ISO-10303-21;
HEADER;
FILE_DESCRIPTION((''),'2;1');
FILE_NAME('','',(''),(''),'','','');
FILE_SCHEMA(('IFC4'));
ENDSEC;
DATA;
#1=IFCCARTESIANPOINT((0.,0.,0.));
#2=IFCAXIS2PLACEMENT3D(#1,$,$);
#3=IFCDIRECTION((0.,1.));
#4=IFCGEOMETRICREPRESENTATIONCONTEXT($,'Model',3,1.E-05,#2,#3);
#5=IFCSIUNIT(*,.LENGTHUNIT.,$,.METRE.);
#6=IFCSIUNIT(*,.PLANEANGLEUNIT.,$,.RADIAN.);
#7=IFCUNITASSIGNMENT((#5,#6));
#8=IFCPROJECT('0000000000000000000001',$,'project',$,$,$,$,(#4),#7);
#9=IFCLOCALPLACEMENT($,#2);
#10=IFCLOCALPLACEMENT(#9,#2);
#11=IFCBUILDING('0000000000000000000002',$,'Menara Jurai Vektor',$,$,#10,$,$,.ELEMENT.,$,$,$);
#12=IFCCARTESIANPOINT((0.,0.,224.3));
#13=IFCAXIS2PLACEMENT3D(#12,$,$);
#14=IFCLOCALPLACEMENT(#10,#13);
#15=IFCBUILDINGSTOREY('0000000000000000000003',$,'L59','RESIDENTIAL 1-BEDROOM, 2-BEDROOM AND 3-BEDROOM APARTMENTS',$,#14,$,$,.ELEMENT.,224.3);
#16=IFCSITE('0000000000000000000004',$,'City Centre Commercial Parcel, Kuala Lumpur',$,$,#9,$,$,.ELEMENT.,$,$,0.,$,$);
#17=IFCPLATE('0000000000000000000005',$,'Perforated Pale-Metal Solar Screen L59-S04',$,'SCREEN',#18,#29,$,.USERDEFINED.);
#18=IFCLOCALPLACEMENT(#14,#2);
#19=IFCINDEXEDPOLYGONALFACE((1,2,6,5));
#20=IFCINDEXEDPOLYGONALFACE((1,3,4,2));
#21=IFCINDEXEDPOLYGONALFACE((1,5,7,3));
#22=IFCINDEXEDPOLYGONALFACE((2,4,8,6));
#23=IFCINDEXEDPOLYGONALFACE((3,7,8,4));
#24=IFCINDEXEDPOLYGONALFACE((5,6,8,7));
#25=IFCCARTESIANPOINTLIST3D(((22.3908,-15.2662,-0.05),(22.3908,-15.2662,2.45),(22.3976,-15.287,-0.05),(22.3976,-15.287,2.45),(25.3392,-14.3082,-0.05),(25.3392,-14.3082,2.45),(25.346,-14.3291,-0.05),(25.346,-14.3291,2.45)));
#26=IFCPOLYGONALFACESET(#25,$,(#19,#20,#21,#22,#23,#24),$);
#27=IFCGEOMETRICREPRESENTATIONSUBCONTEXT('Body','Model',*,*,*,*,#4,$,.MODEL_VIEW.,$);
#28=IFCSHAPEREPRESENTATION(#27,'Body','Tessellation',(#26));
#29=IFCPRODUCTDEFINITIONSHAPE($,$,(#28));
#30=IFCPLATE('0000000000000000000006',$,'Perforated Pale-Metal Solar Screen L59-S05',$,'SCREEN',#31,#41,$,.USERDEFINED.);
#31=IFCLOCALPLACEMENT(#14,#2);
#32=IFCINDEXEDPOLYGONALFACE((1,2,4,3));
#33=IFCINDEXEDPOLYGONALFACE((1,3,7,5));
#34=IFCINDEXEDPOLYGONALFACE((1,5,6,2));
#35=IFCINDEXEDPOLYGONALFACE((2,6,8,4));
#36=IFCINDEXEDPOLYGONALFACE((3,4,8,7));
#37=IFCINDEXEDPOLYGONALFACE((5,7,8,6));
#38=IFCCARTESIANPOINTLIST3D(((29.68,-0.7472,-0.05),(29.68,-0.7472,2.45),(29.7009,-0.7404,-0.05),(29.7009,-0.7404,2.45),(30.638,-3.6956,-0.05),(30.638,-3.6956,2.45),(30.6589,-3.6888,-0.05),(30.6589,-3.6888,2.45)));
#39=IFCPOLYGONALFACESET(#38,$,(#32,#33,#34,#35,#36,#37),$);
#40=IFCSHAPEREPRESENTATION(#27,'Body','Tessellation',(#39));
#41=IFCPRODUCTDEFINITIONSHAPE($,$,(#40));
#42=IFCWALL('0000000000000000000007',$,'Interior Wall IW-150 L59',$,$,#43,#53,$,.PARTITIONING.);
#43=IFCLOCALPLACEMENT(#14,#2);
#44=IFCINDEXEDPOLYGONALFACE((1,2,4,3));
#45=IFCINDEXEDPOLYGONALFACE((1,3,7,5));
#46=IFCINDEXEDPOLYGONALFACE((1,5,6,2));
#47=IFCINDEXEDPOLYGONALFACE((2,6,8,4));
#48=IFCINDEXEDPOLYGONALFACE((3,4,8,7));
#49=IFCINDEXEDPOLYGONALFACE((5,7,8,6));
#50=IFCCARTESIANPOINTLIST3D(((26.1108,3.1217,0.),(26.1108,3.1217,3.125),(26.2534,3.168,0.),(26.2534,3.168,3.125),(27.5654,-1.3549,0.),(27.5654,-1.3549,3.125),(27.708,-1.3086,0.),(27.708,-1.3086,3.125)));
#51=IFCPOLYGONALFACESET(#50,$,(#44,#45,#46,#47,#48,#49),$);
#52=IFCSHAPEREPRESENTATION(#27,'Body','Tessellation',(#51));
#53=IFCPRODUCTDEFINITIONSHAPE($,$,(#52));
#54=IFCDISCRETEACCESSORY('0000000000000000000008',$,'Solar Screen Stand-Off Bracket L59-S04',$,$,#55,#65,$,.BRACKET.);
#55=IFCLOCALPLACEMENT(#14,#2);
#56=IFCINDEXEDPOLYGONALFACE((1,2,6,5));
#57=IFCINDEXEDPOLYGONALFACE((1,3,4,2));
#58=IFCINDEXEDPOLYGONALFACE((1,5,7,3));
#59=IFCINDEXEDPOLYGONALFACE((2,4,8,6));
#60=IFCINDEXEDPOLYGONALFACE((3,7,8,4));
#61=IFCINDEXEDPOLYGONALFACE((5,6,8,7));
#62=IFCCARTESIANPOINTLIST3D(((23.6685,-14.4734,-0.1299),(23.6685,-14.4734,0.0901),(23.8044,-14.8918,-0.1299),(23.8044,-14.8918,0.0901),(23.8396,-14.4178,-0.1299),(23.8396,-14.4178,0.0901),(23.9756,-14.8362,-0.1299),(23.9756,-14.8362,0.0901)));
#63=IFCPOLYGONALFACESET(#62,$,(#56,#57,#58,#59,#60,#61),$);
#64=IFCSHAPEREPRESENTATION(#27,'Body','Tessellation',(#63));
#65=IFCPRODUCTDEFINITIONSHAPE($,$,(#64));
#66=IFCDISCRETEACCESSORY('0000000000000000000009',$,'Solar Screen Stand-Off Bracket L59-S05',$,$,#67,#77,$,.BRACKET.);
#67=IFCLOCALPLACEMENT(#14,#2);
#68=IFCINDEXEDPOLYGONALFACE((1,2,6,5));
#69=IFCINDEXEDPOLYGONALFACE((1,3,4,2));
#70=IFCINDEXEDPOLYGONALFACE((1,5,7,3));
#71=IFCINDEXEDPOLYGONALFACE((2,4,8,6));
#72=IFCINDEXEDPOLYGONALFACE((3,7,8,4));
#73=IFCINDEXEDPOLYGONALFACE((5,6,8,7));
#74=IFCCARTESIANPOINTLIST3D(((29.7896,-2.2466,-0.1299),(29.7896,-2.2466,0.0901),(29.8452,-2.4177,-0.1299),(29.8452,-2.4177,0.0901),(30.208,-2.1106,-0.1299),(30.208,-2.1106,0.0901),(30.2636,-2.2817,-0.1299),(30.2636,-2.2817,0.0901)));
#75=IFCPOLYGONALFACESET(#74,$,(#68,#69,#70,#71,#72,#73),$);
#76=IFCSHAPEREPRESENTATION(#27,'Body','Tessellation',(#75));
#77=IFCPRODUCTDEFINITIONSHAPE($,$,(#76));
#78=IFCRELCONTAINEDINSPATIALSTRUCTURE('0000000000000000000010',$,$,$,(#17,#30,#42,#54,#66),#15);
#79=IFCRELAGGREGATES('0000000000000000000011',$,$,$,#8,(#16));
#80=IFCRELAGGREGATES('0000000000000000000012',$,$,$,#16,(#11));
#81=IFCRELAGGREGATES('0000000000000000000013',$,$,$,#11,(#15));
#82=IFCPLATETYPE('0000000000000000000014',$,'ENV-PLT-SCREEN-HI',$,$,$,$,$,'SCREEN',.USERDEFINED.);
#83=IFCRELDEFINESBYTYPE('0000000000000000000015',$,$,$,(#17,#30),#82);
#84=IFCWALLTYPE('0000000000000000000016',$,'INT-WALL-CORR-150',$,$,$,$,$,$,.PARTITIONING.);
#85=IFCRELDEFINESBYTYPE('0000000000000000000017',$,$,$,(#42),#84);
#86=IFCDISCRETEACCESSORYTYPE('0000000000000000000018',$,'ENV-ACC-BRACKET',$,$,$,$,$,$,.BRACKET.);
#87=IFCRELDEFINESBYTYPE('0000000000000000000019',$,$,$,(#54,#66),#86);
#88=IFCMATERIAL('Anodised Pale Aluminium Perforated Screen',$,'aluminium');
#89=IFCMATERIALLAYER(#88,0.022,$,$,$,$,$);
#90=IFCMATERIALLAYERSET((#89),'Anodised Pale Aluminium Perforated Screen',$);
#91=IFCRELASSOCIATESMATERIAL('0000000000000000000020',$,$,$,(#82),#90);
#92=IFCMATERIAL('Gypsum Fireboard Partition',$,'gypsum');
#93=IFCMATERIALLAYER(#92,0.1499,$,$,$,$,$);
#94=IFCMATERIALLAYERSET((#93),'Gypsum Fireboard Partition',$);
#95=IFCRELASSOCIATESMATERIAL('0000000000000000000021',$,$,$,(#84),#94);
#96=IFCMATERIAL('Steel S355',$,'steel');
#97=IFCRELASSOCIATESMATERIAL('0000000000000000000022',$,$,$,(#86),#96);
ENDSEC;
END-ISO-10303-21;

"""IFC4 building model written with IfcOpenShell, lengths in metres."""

from ifc_helpers import new_model, si_unit, direction, frame, frame_2d, origin, origin_2d, place, context, subcontext, project, spatial, rectangle, extrude, material, layer, layer_set, type_object, element, save


model = new_model("IFC4")

# Units and contexts
model_context = context("Model", 3, precision=1e-05, world=origin(), true_north=direction((0.0, 1.0)))
body_context = subcontext(model_context, "Body", "Model", "MODEL_VIEW")
ifc_project = project(units=[si_unit("LENGTHUNIT", "METRE"), si_unit("PLANEANGLEUNIT", "RADIAN")], contexts=[model_context])

# Site, building, storey
site_placement = place(None, origin())
site = spatial("IfcSite", under=ifc_project, at=site_placement, Name="City Centre Commercial Parcel, Kuala Lumpur", CompositionType="ELEMENT", RefElevation=0.0)
building_placement = place(site_placement, origin())
building = spatial("IfcBuilding", under=site, at=building_placement, Name="Menara Jurai Vektor", CompositionType="ELEMENT")
storey_placement = place(building_placement, frame((0.0, 0.0, 224.3)))
storey = spatial("IfcBuildingStorey", under=building, at=storey_placement, Name="L59", Description="RESIDENTIAL 1-BEDROOM, 2-BEDROOM AND 3-BEDROOM APARTMENTS", CompositionType="ELEMENT", Elevation=224.3)

# Shared definitions
ifc_material_1 = material(Name="Steel S355", Category="steel")

# Plates
ifc_material_2 = material(Name="Anodised Pale Aluminium Perforated Screen", Category="aluminium")
ifc_layer_1 = layer(ifc_material_2, 0.022)
ifc_layer_set_1 = layer_set([ifc_layer_1], Name="Anodised Pale Aluminium Perforated Screen")
plate_type_1 = type_object("IfcPlateType", Name="ENV-PLT-SCREEN-HI", ElementType="SCREEN", PredefinedType="USERDEFINED", material=ifc_layer_set_1)
for number, where, z_axis, x_axis, name in (
    (1, (23.8684, -14.7976, -0.05), (0.0, 0.0, 1.0), (0.951057, 0.309017, 0.0), "Perforated Pale-Metal Solar Screen L59-S04"),
    (2, (30.1694, -2.218, -0.05), (0.0, 0.0, 1.0), (-0.309017, 0.951057, 0.0), "Perforated Pale-Metal Solar Screen L59-S05"),
):
    element("IfcPlate", number, at=place(storey_placement, frame(where, z_axis=z_axis, x_axis=x_axis)), inside=storey, type_object=plate_type_1, Name=name, ObjectType="SCREEN", PredefinedType="USERDEFINED", context=body_context, shape_type="SweptSolid", body=[
        extrude(rectangle(XDim=3.1001, YDim=0.022, at=origin_2d()), origin(), (0.0, 0.0, 1.0), 2.5),
    ])

# Wall
ifc_material_3 = material(Name="Gypsum Fireboard Partition", Category="gypsum")
ifc_layer_2 = layer(ifc_material_3, 0.1499)
ifc_layer_set_2 = layer_set([ifc_layer_2], Name="Gypsum Fireboard Partition")
wall_type = type_object("IfcWallType", Name="INT-WALL-CORR-150", PredefinedType="PARTITIONING", material=ifc_layer_set_2)
wall_placement = place(storey_placement, frame((27.6367, -1.3318, 0.0), z_axis=(0.0, 0.0, 1.0), x_axis=(-0.30903, 0.951052, 0.0)))
element("IfcWall", 3, at=wall_placement, inside=storey, type_object=wall_type, Name="Interior Wall IW-150 L59", PredefinedType="PARTITIONING", context=body_context, shape_type="SweptSolid", body=[
    extrude(rectangle(XDim=4.707, YDim=0.1499, at=frame_2d((2.3535, 0.0))), origin(), (0.0, 0.0, 1.0), 3.125),
])

# Discrete accessories
discrete_accessory_type = type_object("IfcDiscreteAccessoryType", Name="ENV-ACC-BRACKET", PredefinedType="BRACKET", material=ifc_material_1)
for number, where, z_axis, x_axis, name in (
    (4, (23.822, -14.6548, -0.1299), (0.0, 0.0, 1.0), (0.951057, 0.309017, 0.0), "Solar Screen Stand-Off Bracket L59-S04"),
    (5, (30.0266, -2.2642, -0.1299), (0.0, 0.0, 1.0), (-0.309017, 0.951057, 0.0), "Solar Screen Stand-Off Bracket L59-S05"),
):
    element("IfcDiscreteAccessory", number, at=place(storey_placement, frame(where, z_axis=z_axis, x_axis=x_axis)), inside=storey, type_object=discrete_accessory_type, Name=name, PredefinedType="BRACKET", context=body_context, shape_type="SweptSolid", body=[
        extrude(rectangle(XDim=0.1799, YDim=0.4399, at=origin_2d()), origin(), (0.0, 0.0, 1.0), 0.22),
    ])

save(model, "model.ifc")
